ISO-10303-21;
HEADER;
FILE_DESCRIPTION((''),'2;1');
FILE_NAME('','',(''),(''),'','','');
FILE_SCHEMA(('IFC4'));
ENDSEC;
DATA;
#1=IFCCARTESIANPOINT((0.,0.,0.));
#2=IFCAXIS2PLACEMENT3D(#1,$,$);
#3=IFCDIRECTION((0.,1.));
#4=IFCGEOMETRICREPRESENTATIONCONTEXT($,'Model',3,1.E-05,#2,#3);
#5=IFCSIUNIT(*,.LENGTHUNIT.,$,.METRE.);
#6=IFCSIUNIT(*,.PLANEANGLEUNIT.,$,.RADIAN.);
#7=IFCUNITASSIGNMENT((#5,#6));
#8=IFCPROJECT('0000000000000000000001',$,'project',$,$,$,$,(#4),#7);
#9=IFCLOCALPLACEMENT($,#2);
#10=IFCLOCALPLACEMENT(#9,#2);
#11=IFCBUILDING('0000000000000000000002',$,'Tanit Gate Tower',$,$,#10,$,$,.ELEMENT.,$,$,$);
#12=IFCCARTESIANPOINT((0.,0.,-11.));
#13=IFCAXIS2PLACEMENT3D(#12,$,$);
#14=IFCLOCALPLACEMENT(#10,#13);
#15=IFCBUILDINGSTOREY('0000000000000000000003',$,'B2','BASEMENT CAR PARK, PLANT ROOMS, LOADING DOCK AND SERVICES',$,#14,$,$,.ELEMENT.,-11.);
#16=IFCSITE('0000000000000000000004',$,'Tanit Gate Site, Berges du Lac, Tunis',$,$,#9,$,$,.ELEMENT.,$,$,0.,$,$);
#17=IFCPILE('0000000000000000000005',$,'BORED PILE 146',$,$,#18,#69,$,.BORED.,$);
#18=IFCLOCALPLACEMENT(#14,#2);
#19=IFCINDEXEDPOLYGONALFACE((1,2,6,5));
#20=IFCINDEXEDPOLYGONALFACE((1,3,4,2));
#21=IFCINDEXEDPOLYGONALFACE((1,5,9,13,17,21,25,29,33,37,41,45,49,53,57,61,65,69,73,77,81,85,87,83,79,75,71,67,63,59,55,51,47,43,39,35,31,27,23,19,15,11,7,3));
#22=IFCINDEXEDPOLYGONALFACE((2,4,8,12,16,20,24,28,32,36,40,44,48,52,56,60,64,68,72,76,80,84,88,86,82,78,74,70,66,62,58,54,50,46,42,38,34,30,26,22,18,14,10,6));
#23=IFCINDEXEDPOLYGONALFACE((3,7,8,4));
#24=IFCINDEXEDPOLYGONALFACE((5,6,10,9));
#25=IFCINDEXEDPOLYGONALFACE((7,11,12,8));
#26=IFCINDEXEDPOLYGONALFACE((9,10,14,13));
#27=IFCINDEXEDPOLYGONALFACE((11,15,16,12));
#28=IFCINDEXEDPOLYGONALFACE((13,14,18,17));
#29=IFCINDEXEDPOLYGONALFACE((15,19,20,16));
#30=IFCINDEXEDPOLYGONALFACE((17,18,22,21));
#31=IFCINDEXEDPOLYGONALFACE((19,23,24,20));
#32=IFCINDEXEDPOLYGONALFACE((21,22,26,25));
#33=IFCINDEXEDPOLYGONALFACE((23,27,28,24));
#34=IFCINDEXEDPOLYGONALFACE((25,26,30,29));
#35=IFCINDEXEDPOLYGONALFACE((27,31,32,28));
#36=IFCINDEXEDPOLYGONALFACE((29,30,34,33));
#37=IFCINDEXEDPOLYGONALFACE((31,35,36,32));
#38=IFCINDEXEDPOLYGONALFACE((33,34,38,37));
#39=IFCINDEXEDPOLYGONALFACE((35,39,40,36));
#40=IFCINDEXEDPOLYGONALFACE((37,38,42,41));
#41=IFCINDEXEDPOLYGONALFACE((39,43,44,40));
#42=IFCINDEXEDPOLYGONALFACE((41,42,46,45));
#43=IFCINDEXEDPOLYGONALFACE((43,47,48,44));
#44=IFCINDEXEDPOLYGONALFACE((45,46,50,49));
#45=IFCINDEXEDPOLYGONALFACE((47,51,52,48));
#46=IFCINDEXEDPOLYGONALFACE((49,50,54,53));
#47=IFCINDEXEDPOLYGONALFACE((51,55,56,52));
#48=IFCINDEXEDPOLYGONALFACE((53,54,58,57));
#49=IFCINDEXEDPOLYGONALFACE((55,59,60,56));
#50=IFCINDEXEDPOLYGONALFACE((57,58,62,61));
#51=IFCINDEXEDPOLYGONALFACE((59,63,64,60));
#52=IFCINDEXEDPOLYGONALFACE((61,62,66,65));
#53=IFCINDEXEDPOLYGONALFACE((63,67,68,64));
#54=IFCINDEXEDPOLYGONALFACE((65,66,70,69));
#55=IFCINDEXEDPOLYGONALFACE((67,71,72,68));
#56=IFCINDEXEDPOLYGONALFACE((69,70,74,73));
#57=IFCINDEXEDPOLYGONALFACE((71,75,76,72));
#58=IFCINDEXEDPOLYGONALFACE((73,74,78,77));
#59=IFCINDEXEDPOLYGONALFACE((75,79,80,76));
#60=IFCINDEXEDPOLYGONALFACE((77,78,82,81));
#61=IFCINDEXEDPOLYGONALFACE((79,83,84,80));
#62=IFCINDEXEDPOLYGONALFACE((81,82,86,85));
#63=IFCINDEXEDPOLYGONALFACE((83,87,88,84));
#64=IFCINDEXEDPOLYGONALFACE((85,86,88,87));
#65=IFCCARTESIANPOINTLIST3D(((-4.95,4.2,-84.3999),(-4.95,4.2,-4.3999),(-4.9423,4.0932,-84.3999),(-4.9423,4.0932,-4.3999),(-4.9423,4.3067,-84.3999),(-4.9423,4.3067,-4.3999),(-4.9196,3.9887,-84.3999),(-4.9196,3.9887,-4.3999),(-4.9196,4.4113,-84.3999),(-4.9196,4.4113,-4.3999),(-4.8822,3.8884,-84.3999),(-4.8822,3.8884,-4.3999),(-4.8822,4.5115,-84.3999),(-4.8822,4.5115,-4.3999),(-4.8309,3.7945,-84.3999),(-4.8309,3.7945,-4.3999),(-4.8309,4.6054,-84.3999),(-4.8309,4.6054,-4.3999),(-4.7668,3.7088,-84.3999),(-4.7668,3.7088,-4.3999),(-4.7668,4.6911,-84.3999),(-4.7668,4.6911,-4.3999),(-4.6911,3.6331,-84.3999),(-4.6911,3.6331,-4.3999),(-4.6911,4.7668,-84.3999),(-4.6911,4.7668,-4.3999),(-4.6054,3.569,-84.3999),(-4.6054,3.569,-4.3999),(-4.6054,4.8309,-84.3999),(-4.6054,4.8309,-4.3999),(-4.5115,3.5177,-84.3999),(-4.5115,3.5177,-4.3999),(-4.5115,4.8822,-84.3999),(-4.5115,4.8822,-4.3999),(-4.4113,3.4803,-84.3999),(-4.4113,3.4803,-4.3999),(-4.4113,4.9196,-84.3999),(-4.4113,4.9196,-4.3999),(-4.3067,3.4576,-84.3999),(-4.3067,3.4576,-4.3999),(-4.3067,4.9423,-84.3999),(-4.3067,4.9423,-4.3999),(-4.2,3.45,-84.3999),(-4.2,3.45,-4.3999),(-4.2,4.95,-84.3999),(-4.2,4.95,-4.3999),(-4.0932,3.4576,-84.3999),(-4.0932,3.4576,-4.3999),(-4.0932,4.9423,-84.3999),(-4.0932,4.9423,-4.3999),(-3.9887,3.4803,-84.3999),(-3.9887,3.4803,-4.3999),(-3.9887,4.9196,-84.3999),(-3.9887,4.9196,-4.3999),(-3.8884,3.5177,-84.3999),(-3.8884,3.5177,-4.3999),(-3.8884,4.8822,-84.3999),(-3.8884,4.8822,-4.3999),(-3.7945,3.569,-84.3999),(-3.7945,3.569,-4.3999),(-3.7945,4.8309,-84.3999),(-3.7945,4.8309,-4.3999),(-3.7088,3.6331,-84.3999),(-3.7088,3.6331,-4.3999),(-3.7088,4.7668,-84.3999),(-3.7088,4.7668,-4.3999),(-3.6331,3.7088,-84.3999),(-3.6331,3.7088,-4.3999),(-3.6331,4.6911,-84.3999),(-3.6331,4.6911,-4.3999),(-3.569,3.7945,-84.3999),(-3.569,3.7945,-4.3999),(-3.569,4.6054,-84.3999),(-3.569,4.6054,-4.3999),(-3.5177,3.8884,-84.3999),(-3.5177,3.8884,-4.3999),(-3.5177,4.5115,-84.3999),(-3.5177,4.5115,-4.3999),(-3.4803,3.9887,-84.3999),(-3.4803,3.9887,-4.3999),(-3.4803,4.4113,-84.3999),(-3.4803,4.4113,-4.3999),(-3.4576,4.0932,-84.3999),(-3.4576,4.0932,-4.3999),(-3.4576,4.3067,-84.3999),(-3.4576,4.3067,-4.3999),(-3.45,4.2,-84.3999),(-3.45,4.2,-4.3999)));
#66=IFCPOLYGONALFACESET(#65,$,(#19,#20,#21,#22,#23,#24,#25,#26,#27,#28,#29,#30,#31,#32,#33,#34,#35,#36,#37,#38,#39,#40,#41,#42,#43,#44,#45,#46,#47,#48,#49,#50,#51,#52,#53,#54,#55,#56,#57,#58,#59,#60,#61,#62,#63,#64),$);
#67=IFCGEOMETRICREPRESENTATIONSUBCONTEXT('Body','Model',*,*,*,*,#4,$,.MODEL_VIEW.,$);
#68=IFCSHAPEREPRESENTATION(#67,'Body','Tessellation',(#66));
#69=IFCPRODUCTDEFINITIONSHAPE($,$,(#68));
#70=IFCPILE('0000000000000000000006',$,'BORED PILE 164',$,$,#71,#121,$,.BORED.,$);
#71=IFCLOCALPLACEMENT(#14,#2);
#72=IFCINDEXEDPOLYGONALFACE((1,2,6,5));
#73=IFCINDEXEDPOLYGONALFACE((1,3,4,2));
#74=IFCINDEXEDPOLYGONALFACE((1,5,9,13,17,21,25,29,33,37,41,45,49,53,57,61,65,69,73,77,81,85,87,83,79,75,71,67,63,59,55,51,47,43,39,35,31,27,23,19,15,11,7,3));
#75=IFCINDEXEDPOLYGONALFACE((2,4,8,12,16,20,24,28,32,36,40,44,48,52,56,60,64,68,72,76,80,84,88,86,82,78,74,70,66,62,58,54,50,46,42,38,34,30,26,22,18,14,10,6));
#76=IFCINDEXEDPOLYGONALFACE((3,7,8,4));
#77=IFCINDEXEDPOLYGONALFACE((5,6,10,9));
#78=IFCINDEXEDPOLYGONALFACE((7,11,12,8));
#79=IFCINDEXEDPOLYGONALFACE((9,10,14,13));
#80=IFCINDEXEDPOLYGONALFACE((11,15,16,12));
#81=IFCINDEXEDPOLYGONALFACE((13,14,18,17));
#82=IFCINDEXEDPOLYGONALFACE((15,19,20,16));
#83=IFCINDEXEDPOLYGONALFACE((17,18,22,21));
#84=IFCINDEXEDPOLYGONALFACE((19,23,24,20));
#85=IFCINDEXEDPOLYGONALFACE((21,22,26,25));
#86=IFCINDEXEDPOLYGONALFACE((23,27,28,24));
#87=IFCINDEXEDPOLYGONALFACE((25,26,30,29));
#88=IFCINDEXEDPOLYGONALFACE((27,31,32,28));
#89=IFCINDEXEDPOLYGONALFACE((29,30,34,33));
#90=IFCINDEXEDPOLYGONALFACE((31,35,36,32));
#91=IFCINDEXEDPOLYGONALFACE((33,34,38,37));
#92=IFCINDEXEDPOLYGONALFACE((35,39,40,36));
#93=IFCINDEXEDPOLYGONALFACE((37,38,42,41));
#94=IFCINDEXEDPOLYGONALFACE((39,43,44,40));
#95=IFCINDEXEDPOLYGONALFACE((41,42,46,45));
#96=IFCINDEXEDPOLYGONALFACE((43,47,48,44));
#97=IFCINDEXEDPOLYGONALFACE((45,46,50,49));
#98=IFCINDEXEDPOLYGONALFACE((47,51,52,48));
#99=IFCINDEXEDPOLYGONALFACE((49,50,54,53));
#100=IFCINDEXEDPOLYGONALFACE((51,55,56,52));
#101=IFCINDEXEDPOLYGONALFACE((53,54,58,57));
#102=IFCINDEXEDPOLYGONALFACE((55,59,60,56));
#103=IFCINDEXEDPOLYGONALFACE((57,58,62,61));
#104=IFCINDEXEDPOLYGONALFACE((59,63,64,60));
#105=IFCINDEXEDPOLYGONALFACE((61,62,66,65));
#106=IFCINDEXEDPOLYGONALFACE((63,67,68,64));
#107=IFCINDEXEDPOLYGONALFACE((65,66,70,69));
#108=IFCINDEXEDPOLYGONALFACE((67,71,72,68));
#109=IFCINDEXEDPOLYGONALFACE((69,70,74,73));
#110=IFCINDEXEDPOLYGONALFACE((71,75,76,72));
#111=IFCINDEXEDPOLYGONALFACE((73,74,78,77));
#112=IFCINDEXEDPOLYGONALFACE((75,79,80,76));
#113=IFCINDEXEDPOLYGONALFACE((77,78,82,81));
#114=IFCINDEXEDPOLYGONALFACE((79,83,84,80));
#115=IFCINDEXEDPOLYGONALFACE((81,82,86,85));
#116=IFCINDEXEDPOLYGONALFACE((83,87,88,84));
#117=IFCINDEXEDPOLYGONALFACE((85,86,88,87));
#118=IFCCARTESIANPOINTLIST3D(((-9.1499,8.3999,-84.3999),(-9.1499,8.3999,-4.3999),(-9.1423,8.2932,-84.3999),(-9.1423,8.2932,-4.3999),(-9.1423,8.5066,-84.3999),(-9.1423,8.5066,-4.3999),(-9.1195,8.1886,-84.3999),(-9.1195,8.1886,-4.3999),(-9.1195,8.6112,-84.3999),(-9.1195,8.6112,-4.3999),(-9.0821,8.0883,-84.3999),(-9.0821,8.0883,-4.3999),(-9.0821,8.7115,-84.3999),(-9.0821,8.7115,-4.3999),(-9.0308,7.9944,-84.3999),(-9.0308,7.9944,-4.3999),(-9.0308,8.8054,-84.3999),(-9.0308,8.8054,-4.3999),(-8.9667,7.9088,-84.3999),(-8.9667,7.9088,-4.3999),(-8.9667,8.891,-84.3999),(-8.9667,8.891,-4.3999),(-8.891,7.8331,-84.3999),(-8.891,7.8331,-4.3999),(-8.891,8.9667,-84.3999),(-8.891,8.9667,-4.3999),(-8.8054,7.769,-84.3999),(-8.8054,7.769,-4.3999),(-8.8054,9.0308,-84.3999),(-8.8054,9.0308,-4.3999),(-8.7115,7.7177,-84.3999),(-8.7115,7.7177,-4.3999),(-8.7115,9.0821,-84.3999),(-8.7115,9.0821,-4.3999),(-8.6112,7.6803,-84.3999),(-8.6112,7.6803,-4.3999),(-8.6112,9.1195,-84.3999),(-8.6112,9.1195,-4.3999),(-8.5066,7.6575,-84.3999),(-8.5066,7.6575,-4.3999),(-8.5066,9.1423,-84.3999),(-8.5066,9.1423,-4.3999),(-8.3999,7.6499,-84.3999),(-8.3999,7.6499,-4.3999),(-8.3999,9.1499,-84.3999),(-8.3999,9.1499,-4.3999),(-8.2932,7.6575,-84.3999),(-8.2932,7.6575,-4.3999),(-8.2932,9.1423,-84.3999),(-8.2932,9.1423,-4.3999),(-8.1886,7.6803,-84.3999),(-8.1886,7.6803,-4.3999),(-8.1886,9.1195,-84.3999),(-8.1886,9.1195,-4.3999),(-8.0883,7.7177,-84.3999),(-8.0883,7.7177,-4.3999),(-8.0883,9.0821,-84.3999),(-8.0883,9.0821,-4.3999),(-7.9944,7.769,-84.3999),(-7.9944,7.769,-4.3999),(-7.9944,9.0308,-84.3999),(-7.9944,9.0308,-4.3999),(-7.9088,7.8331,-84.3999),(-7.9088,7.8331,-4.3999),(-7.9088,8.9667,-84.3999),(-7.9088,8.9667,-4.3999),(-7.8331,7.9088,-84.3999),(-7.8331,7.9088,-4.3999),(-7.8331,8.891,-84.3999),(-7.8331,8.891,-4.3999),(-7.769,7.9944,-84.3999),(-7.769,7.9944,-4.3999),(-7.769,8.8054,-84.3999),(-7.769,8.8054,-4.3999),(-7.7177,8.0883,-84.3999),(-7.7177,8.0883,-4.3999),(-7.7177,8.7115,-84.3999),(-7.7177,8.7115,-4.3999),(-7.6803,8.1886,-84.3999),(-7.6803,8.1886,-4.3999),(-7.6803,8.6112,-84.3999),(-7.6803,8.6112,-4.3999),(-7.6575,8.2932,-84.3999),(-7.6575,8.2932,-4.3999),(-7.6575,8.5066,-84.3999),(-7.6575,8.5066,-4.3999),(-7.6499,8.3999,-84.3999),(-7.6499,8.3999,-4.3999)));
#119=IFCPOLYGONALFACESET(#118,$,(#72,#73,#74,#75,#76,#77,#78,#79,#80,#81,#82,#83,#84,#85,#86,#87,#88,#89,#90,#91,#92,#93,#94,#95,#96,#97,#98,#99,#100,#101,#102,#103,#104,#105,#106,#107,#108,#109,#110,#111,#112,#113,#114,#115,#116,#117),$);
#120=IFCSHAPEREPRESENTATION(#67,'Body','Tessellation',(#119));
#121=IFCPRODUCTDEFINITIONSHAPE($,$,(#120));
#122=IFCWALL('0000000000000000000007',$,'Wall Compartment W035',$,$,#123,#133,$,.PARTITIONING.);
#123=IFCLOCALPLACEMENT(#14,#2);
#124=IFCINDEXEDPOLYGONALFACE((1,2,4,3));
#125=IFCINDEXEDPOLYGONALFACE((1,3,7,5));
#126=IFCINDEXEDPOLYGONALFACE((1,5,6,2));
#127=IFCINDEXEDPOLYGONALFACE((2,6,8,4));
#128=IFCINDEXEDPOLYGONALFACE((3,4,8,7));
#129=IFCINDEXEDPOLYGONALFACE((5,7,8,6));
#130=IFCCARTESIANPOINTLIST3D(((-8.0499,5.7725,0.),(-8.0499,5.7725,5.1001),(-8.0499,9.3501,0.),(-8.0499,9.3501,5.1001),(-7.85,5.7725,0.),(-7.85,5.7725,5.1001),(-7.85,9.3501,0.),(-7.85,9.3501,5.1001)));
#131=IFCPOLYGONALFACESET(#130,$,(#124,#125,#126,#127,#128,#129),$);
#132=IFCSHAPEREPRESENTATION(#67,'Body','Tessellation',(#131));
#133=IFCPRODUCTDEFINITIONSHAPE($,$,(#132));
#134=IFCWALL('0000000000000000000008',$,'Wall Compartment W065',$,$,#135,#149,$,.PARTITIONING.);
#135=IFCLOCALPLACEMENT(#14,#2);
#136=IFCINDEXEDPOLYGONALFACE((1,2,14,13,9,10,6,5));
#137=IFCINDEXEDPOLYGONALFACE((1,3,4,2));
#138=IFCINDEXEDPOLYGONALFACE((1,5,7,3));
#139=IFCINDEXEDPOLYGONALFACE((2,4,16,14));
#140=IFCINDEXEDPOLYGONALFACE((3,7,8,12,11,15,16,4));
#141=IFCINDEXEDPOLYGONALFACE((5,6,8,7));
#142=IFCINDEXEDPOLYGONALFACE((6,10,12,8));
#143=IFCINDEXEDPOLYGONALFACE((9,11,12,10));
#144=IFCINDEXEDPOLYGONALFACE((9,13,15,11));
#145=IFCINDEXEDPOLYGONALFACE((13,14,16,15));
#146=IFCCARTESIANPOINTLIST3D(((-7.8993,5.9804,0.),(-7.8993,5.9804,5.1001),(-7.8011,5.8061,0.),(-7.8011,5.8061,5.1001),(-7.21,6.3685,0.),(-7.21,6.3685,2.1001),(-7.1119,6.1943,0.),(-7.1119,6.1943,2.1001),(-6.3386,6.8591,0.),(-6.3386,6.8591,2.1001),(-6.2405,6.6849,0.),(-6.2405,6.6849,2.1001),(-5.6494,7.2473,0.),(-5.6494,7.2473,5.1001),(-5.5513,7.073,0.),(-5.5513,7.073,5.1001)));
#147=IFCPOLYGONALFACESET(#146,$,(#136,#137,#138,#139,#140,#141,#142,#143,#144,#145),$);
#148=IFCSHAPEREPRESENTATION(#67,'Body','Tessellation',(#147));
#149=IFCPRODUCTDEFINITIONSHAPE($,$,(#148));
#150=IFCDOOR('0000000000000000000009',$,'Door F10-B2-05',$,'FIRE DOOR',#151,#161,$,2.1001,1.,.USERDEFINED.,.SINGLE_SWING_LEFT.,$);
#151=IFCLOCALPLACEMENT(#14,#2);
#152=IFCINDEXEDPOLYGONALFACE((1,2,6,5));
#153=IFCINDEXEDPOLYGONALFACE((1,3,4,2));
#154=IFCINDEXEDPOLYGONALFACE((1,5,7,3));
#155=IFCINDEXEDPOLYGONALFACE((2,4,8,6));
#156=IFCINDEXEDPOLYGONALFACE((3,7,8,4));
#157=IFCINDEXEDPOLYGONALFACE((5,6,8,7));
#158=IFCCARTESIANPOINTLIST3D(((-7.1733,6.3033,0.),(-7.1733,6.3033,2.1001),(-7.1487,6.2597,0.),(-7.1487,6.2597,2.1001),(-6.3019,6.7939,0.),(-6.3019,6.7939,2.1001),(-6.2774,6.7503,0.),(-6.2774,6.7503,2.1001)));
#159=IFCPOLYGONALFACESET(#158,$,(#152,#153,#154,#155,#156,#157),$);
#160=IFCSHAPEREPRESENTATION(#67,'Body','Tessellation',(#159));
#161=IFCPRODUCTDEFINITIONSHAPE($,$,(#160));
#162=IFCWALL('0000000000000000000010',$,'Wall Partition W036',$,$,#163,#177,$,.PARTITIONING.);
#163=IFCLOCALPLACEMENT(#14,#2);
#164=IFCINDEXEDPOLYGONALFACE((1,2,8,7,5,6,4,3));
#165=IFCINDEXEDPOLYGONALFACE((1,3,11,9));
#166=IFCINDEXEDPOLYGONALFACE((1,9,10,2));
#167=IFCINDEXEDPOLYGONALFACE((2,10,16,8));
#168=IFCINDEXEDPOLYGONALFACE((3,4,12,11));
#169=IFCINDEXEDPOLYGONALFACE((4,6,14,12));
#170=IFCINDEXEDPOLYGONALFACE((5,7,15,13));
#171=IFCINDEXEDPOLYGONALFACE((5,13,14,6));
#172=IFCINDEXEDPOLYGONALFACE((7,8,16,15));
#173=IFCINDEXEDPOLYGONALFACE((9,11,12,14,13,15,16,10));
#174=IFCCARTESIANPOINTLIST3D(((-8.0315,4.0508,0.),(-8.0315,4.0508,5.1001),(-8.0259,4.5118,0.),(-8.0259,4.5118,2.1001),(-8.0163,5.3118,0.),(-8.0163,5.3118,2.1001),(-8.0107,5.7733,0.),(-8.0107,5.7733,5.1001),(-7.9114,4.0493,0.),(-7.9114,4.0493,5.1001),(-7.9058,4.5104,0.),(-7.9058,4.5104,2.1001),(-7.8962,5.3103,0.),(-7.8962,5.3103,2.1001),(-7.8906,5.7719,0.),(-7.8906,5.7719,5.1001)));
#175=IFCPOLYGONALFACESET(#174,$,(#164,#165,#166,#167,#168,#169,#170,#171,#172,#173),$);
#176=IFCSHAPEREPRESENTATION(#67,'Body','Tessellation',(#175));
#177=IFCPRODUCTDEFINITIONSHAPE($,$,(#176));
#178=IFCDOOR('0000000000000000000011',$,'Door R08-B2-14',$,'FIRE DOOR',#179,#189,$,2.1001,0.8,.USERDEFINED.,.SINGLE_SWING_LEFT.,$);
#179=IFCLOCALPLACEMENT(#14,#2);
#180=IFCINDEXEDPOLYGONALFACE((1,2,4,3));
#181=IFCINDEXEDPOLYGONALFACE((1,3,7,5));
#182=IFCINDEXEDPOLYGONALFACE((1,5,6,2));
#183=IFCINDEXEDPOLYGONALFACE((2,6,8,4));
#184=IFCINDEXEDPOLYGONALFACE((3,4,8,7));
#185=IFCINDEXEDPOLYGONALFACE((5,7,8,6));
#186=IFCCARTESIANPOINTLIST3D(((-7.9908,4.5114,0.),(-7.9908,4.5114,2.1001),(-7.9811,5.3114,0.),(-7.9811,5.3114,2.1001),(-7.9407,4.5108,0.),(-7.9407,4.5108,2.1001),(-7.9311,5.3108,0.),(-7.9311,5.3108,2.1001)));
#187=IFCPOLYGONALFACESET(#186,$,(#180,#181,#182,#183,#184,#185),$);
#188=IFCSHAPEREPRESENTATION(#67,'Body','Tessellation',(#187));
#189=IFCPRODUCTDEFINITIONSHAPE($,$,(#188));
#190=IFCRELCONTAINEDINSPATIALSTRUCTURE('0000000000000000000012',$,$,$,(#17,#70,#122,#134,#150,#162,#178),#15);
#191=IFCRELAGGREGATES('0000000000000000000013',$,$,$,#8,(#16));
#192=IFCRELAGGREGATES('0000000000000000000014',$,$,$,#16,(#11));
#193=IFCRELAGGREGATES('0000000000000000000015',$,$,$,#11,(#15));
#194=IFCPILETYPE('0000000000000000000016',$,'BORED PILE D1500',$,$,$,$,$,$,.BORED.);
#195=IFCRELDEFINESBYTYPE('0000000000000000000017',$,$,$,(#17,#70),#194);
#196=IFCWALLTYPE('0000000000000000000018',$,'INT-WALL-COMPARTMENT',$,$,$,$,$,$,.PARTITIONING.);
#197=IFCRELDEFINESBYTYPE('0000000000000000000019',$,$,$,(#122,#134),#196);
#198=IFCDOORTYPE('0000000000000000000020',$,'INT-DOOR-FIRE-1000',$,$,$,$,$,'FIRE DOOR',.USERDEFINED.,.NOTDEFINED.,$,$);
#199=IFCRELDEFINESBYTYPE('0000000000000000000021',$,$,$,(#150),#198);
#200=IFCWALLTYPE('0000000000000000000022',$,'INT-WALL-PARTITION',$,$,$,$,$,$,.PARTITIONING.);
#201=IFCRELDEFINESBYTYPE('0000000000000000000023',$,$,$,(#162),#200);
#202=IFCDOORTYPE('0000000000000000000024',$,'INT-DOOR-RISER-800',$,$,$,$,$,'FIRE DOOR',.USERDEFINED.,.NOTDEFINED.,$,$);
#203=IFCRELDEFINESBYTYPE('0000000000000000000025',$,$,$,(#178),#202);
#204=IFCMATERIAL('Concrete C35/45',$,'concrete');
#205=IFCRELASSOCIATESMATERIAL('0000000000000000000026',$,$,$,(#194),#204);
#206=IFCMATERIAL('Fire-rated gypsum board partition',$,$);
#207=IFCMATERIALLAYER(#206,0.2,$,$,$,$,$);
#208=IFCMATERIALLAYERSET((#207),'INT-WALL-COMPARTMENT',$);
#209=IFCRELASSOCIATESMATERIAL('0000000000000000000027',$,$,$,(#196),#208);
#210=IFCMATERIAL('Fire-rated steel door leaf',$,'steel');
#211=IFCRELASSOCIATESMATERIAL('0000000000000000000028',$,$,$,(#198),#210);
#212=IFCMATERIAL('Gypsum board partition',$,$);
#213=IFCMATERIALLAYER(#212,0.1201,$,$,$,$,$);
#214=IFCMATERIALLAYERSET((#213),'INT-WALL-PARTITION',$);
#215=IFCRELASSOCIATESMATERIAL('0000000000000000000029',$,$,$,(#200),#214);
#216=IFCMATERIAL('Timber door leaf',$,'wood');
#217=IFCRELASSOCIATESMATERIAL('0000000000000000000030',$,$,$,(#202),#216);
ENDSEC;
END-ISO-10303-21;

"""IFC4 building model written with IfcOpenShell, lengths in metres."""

from ifc_helpers import new_model, si_unit, direction, frame, frame_2d, origin, origin_2d, place, context, subcontext, project, spatial, rectangle, circle, extrude, material, layer, layer_set, material_profile, profile_set, type_object, element, fill, save


model = new_model("IFC4")

# Units and contexts
model_context = context("Model", 3, precision=1e-05, world=origin(), true_north=direction((0.0, 1.0)))
body_context = subcontext(model_context, "Body", "Model", "MODEL_VIEW")
ifc_project = project(units=[si_unit("LENGTHUNIT", "METRE"), si_unit("PLANEANGLEUNIT", "RADIAN")], contexts=[model_context])

# Site, building, storey
site_placement = place(None, origin())
site = spatial("IfcSite", under=ifc_project, at=site_placement, Name="Tanit Gate Site, Berges du Lac, Tunis", CompositionType="ELEMENT", RefElevation=0.0)
building_placement = place(site_placement, origin())
building = spatial("IfcBuilding", under=site, at=building_placement, Name="Tanit Gate Tower", CompositionType="ELEMENT")
storey_placement = place(building_placement, frame((0.0, 0.0, -11.0)))
storey = spatial("IfcBuildingStorey", under=building, at=storey_placement, Name="B2", Description="BASEMENT CAR PARK, PLANT ROOMS, LOADING DOCK AND SERVICES", CompositionType="ELEMENT", Elevation=-11.0)

# Piles
ifc_material_1 = material(Name="Concrete C35/45", Category="concrete")
ifc_material_profile = material_profile(ifc_material_1, circle(Radius=0.75, at=origin_2d()), Name="BORED PILE D1500 C35/45")
ifc_profile_set = profile_set([ifc_material_profile], Name="Concrete C35/45")
pile_type = type_object("IfcPileType", Name="BORED PILE D1500", PredefinedType="BORED", material=ifc_profile_set)
for number, where, z_axis, x_axis, name in (
    (1, (-4.2, 4.2, -4.3999), (0.0, 0.0, -1.0), (1.0, 0.0, 0.0), "BORED PILE 146"),
    (2, (-8.3999, 8.3999, -4.3999), (0.0, 0.0, -1.0), (1.0, 0.0, 0.0), "BORED PILE 164"),
):
    element("IfcPile", number, at=place(storey_placement, frame(where, z_axis=z_axis, x_axis=x_axis)), inside=storey, type_object=pile_type, Name=name, PredefinedType="BORED", context=body_context, shape_type="SweptSolid", body=[
        extrude(circle(Radius=0.75, at=origin_2d()), origin(), (0.0, 0.0, 1.0), 80.0),
    ])

# Wall
ifc_material_2 = material(Name="Fire-rated gypsum board partition")
ifc_layer_1 = layer(ifc_material_2, 0.2)
ifc_layer_set_1 = layer_set([ifc_layer_1], Name="INT-WALL-COMPARTMENT")
wall_type_1 = type_object("IfcWallType", Name="INT-WALL-COMPARTMENT", PredefinedType="PARTITIONING", material=ifc_layer_set_1)
wall_1_placement = place(storey_placement, frame((-7.95, 5.7725, 0.0), z_axis=(0.0, 0.0, 1.0), x_axis=(0.0, 1.0, 0.0)))
element("IfcWall", 3, at=wall_1_placement, inside=storey, type_object=wall_type_1, Name="Wall Compartment W035", PredefinedType="PARTITIONING", context=body_context, shape_type="SweptSolid", body=[
    extrude(rectangle(XDim=3.5776, YDim=0.2, at=frame_2d((1.7888, 0.0))), origin(), (0.0, 0.0, 1.0), 5.1001),
])

# Walls, openings, doors
wall_2_placement = place(storey_placement, frame((-5.6003, 7.1602, 0.0), z_axis=(0.0, 0.0, 1.0), x_axis=(-0.871351, -0.490661, 0.0)))
wall_2 = element("IfcWall", 4, at=wall_2_placement, inside=storey, type_object=wall_type_1, Name="Wall Compartment W065", PredefinedType="PARTITIONING", context=body_context, shape_type="SweptSolid", body=[
    extrude(rectangle(XDim=2.582, YDim=0.2, at=frame_2d((1.291, 0.0))), origin(), (0.0, 0.0, 1.0), 5.1001),
])
opening_1_placement = place(wall_2_placement, frame((0.791, 0.0, 0.0)))
opening_1 = element("IfcOpeningElement", 5, at=opening_1_placement, cuts=wall_2, PredefinedType="OPENING", context=body_context, shape_type="SweptSolid", body=[
    extrude(rectangle(XDim=1.0, YDim=2.1001, at=frame_2d((0.5, 1.05))), frame((0.0, 0.1099, 0.0), z_axis=(0.0, -1.0, 0.0), x_axis=(1.0, 0.0, 0.0)), (0.0, 0.0, 1.0), 0.22),
])
ifc_material_3 = material(Name="Fire-rated steel door leaf", Category="steel")
door_type_1 = type_object("IfcDoorType", Name="INT-DOOR-FIRE-1000", ElementType="FIRE DOOR", OperationType="NOTDEFINED", PredefinedType="USERDEFINED", material=ifc_material_3)
door_1_placement = place(opening_1_placement, origin())
door_1 = element("IfcDoor", 6, at=door_1_placement, inside=storey, type_object=door_type_1, Name="Door F10-B2-05", ObjectType="FIRE DOOR", OperationType="SINGLE_SWING_LEFT", OverallHeight=2.1001, OverallWidth=1.0, PredefinedType="USERDEFINED", context=body_context, shape_type="SweptSolid", body=[
    extrude(rectangle(XDim=1.0, YDim=2.1001, at=frame_2d((0.5, 1.05))), frame((0.0, 0.0249, 0.0), z_axis=(0.0, -1.0, 0.0), x_axis=(1.0, 0.0, 0.0)), (0.0, 0.0, 1.0), 0.05),
])
fill(opening_1, door_1)
ifc_material_4 = material(Name="Gypsum board partition")
ifc_layer_2 = layer(ifc_material_4, 0.1201)
ifc_layer_set_2 = layer_set([ifc_layer_2], Name="INT-WALL-PARTITION")
wall_type_2 = type_object("IfcWallType", Name="INT-WALL-PARTITION", PredefinedType="PARTITIONING", material=ifc_layer_set_2)
wall_3_placement = place(storey_placement, frame((-7.9714, 4.05, 0.0), z_axis=(0.0, 0.0, 1.0), x_axis=(0.012047, 0.999927, 0.0)))
wall_3 = element("IfcWall", 7, at=wall_3_placement, inside=storey, type_object=wall_type_2, Name="Wall Partition W036", PredefinedType="PARTITIONING", context=body_context, shape_type="SweptSolid", body=[
    extrude(rectangle(XDim=1.7227, YDim=0.1201, at=frame_2d((0.8613, 0.0))), origin(), (0.0, 0.0, 1.0), 5.1001),
])
opening_2_placement = place(wall_3_placement, frame((0.4612, 0.0, 0.0)))
opening_2 = element("IfcOpeningElement", 8, at=opening_2_placement, cuts=wall_3, PredefinedType="OPENING", context=body_context, shape_type="SweptSolid", body=[
    extrude(rectangle(XDim=0.8, YDim=2.1001, at=frame_2d((0.3999, 1.05))), frame((0.0, 0.0701, 0.0), z_axis=(0.0, -1.0, 0.0), x_axis=(1.0, 0.0, 0.0)), (0.0, 0.0, 1.0), 0.1401),
])
ifc_material_5 = material(Name="Timber door leaf", Category="wood")
door_type_2 = type_object("IfcDoorType", Name="INT-DOOR-RISER-800", ElementType="FIRE DOOR", OperationType="NOTDEFINED", PredefinedType="USERDEFINED", material=ifc_material_5)
door_2_placement = place(opening_2_placement, origin())
door_2 = element("IfcDoor", 9, at=door_2_placement, inside=storey, type_object=door_type_2, Name="Door R08-B2-14", ObjectType="FIRE DOOR", OperationType="SINGLE_SWING_LEFT", OverallHeight=2.1001, OverallWidth=0.8, PredefinedType="USERDEFINED", context=body_context, shape_type="SweptSolid", body=[
    extrude(rectangle(XDim=0.8, YDim=2.1001, at=frame_2d((0.3999, 1.05))), frame((0.0, 0.0249, 0.0), z_axis=(0.0, -1.0, 0.0), x_axis=(1.0, 0.0, 0.0)), (0.0, 0.0, 1.0), 0.05),
])
fill(opening_2, door_2)

save(model, "model.ifc")
